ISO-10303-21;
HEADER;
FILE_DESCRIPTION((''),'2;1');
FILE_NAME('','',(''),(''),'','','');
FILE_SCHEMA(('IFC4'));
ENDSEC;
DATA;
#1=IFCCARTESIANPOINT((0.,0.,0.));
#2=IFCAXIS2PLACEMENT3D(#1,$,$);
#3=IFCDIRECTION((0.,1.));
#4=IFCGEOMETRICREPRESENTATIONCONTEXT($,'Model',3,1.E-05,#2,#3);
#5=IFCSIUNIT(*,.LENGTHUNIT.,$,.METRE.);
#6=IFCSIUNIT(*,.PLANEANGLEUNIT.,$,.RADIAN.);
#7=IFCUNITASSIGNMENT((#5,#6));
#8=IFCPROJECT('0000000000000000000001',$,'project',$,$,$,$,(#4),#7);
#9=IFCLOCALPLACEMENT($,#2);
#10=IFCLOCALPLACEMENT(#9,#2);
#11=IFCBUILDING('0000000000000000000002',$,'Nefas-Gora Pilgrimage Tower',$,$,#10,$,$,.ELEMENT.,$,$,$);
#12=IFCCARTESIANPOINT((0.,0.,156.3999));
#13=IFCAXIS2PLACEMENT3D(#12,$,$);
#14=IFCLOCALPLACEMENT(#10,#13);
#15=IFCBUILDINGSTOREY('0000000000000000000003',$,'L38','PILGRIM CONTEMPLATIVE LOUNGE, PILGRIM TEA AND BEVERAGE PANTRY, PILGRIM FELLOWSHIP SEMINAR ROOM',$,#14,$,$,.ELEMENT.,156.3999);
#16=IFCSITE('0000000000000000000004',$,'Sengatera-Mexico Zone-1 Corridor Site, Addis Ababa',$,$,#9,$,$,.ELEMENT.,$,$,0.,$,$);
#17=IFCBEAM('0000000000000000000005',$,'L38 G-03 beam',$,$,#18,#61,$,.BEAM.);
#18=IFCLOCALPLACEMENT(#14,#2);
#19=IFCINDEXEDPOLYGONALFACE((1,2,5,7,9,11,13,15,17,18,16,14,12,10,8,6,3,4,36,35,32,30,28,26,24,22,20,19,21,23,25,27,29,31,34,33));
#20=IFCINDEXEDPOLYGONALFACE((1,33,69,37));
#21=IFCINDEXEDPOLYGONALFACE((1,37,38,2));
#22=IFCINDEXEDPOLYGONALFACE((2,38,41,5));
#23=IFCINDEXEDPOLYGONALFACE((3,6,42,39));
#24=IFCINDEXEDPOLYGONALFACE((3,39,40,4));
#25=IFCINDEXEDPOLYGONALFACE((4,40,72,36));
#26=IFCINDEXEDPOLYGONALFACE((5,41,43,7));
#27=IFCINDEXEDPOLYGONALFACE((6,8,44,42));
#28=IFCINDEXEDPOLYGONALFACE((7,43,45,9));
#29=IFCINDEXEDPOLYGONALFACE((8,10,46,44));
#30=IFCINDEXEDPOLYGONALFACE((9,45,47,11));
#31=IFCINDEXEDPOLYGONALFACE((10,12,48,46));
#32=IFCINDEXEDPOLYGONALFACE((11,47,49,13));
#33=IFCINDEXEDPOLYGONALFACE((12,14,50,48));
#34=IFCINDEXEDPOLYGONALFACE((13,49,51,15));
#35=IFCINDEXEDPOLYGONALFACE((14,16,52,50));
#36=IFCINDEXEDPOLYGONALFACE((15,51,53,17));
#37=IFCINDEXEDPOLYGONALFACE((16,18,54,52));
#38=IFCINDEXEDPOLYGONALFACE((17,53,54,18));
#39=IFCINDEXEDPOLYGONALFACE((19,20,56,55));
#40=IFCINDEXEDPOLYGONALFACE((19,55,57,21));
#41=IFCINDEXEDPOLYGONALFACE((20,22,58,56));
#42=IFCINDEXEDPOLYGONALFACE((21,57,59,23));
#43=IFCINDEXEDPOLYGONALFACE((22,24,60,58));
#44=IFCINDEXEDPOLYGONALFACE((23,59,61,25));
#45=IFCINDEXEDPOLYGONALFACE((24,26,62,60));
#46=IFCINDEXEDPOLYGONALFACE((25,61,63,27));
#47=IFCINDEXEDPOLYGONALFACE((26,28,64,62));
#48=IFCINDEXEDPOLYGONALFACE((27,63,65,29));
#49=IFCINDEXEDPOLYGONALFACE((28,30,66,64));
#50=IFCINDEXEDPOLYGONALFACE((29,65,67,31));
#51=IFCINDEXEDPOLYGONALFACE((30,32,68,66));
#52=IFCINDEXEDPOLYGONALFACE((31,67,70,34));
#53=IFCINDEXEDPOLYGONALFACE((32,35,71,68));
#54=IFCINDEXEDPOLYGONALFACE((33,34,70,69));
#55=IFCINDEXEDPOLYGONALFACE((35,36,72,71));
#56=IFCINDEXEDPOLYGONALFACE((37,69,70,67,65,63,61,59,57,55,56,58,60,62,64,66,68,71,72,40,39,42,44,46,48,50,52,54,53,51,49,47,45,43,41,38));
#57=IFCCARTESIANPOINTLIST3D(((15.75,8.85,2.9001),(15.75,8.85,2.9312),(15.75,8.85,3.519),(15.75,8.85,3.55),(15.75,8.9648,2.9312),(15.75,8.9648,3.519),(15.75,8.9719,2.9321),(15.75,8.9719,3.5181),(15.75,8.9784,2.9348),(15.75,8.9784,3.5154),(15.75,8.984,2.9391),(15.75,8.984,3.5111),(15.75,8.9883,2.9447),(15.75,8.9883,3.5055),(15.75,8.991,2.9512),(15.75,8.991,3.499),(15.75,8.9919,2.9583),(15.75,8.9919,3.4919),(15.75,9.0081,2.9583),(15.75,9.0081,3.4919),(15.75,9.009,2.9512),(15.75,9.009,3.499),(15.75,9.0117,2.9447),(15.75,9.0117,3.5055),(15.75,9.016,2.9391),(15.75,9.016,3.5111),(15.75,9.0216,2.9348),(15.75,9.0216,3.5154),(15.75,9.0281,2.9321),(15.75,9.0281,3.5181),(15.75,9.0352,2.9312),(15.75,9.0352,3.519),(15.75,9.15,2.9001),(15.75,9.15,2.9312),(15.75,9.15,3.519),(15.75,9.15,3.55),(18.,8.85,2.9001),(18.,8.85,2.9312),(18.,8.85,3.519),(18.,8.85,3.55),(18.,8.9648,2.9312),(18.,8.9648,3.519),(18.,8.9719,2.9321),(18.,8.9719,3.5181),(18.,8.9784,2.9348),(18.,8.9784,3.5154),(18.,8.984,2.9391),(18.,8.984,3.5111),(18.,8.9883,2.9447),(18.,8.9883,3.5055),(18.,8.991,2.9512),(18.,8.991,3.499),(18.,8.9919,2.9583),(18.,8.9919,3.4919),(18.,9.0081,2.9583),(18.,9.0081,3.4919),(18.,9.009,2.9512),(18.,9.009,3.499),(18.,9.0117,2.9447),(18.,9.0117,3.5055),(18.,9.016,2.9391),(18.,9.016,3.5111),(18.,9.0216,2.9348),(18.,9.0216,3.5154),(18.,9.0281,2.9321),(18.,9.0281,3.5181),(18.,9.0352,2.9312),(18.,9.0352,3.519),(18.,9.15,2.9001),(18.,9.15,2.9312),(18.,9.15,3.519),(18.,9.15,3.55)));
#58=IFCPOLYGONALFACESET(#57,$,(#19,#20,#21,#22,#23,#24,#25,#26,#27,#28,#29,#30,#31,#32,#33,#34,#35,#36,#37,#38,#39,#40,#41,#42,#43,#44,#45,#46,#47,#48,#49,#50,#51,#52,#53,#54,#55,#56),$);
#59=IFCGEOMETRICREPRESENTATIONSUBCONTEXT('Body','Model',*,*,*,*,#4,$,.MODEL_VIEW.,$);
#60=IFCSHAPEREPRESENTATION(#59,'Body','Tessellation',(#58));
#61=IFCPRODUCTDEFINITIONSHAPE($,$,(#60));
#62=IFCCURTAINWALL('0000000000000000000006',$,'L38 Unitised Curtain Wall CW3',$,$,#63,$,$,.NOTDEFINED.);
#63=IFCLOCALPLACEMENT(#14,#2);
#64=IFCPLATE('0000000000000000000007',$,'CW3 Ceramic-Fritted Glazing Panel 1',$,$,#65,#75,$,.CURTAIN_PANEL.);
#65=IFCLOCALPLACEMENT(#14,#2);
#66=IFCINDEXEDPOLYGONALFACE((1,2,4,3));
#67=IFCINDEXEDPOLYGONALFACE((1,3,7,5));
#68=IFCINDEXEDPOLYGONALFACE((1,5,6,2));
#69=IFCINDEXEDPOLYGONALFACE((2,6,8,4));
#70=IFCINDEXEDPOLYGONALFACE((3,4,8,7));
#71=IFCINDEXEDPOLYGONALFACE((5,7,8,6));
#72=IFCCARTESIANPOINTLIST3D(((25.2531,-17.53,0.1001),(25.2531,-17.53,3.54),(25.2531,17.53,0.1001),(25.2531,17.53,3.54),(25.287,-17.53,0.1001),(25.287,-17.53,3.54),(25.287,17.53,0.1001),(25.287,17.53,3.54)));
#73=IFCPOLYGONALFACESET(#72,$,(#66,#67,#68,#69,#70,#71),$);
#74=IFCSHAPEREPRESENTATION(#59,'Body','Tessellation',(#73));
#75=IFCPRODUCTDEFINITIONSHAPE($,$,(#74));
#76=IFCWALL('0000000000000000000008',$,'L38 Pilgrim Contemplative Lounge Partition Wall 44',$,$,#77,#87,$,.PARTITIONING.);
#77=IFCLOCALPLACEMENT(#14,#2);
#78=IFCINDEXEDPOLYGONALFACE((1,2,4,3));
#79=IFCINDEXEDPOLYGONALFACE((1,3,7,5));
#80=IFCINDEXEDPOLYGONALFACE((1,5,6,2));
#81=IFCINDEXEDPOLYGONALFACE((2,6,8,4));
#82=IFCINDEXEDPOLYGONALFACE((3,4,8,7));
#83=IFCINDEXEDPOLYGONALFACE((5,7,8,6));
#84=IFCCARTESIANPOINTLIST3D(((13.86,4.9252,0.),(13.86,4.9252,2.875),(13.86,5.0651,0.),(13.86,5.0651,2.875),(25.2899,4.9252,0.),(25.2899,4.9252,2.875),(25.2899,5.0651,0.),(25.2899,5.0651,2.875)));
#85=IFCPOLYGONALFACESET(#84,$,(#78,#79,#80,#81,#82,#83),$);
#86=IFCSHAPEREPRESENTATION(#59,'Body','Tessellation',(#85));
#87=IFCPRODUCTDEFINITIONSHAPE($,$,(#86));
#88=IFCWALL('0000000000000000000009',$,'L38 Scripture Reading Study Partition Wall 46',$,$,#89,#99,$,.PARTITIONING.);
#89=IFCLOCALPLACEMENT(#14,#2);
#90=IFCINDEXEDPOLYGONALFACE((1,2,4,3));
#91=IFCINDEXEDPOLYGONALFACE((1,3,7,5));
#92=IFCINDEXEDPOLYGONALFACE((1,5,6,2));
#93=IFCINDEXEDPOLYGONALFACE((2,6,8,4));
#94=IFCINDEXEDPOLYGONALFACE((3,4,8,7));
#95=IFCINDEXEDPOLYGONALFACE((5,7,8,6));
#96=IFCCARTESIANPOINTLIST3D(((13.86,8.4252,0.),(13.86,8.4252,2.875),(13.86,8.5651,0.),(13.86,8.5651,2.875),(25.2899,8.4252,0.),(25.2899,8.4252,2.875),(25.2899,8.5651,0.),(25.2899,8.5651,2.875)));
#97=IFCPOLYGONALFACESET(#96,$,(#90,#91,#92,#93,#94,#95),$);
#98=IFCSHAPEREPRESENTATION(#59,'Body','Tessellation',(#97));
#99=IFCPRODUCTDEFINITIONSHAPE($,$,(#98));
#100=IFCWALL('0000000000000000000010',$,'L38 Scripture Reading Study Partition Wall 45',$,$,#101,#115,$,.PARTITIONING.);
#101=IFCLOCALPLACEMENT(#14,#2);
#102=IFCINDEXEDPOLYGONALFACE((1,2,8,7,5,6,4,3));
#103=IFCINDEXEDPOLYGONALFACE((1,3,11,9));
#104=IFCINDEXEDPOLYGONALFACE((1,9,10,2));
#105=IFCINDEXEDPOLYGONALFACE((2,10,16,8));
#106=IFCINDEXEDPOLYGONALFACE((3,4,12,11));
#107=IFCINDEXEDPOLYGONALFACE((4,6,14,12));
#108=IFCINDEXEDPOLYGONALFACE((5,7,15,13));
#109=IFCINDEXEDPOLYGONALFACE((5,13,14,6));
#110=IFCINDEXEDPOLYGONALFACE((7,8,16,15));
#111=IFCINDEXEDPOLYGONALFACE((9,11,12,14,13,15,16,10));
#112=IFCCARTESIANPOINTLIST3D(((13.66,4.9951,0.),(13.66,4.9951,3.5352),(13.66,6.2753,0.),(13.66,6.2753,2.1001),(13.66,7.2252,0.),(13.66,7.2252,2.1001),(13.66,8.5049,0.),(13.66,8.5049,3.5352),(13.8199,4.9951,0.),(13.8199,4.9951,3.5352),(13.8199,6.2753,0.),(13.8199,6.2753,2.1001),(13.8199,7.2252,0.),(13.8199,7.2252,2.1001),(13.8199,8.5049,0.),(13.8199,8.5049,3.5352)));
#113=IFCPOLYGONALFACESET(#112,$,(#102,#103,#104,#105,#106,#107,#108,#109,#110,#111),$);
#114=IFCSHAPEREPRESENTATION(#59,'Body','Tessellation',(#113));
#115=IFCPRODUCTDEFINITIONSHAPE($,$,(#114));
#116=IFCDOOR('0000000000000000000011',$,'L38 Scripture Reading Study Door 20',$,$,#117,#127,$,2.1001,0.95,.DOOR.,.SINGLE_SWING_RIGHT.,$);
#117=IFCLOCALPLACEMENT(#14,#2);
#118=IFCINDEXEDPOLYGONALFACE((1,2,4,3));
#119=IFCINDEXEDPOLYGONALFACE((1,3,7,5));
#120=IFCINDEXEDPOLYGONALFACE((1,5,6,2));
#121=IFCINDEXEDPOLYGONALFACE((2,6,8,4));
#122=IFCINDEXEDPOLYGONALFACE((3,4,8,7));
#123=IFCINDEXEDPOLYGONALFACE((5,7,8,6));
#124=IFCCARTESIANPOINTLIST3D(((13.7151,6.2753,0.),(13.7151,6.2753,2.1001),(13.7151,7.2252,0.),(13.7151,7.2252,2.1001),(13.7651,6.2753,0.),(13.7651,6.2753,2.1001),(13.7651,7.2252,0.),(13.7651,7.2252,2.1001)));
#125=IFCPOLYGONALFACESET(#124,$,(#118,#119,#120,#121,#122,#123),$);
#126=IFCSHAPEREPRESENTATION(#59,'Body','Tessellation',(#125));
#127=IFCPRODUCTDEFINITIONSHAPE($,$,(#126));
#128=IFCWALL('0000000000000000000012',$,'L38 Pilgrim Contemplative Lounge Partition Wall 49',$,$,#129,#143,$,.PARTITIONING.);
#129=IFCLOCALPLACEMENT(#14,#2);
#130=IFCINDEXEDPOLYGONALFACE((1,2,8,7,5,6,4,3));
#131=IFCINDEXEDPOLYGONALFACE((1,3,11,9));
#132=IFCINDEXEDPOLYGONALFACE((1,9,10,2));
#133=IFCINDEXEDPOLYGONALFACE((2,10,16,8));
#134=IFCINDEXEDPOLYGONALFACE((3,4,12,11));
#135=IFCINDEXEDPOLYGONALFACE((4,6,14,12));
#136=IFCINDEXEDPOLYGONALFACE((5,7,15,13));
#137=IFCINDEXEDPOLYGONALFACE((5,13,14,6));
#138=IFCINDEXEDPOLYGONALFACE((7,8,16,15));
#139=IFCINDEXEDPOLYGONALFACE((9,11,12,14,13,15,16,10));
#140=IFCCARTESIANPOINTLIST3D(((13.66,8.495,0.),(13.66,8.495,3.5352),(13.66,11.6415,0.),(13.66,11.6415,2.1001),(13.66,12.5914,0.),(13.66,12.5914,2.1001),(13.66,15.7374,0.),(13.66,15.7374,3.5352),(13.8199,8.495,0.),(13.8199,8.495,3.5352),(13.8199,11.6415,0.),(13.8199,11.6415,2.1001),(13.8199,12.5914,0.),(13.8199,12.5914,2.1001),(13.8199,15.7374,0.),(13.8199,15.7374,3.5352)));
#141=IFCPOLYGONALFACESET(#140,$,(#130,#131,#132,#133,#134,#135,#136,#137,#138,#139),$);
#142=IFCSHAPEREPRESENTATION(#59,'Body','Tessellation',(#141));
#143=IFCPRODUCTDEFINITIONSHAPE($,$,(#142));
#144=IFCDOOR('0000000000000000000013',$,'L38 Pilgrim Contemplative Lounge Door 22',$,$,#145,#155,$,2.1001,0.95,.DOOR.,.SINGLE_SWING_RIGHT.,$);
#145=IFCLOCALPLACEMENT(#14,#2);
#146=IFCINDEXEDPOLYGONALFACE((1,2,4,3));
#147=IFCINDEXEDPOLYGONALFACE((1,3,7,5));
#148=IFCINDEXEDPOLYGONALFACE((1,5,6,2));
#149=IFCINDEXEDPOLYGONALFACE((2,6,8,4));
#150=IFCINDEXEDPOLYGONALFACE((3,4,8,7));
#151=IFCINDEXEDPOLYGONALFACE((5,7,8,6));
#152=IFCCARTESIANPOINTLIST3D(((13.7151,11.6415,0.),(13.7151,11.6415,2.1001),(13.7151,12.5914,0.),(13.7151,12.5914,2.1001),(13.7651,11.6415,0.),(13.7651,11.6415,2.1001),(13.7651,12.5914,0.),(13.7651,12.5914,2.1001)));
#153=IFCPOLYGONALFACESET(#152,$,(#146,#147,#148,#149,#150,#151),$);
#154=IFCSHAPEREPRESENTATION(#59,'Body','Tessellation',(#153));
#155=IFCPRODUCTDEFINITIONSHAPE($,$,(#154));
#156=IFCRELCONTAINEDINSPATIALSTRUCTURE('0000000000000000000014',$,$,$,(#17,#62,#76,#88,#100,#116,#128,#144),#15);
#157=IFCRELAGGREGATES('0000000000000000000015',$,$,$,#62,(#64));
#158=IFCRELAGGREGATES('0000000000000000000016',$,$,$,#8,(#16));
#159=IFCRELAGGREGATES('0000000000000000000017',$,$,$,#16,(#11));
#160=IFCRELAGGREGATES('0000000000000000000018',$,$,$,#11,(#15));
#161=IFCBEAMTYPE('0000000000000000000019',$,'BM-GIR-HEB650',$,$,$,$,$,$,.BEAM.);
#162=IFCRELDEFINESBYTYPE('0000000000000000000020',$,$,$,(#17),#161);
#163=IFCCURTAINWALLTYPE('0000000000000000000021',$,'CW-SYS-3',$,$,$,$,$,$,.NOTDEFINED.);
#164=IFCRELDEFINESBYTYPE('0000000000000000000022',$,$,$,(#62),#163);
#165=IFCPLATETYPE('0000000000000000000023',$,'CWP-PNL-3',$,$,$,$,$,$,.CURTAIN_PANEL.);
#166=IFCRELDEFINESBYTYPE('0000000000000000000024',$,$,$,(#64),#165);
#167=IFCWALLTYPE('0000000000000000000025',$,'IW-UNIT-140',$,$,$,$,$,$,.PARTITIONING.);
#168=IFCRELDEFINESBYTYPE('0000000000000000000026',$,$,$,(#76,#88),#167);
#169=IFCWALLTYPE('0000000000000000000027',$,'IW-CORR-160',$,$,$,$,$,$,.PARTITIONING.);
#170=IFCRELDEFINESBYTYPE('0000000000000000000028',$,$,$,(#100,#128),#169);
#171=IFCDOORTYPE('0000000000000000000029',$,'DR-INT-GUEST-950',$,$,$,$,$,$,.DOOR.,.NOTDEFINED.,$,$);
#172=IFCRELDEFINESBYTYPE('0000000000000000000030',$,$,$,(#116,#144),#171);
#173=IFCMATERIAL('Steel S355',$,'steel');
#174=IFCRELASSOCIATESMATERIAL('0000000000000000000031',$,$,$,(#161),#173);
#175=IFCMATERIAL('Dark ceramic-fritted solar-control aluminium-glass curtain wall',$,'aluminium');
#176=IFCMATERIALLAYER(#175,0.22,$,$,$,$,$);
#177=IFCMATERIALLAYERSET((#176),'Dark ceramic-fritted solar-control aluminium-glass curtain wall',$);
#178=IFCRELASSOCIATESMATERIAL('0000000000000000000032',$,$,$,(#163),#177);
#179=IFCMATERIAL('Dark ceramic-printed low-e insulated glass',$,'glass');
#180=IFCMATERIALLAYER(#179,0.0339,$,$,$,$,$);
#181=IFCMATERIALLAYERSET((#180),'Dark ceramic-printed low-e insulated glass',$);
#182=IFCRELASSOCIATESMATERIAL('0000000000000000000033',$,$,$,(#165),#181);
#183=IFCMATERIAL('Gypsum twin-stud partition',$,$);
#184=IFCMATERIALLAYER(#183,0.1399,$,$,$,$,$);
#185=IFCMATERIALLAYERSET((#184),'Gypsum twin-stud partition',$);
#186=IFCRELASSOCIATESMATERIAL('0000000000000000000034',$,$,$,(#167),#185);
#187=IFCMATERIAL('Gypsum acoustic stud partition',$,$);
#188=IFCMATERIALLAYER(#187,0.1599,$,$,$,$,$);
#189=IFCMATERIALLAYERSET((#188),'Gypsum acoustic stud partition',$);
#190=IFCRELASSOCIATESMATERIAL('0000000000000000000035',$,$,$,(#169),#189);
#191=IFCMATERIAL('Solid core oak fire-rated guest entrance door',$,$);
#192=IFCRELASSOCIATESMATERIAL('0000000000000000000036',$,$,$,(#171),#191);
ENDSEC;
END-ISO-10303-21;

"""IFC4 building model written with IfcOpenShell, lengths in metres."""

from ifc_helpers import new_model, si_unit, direction, frame, frame_2d, origin, origin_2d, place, context, subcontext, project, spatial, rectangle, i_section, extrude, source, transform, mapped, material, layer, layer_set, material_profile, profile_set, type_object, element, fill, aggregate, save


model = new_model("IFC4")

# Units and contexts
model_context = context("Model", 3, precision=1e-05, world=origin(), true_north=direction((0.0, 1.0)))
body_context = subcontext(model_context, "Body", "Model", "MODEL_VIEW")
ifc_project = project(units=[si_unit("LENGTHUNIT", "METRE"), si_unit("PLANEANGLEUNIT", "RADIAN")], contexts=[model_context])

# Site, building, storey
site_placement = place(None, origin())
site = spatial("IfcSite", under=ifc_project, at=site_placement, Name="Sengatera-Mexico Zone-1 Corridor Site, Addis Ababa", CompositionType="ELEMENT", RefElevation=0.0)
building_placement = place(site_placement, origin())
building = spatial("IfcBuilding", under=site, at=building_placement, Name="Nefas-Gora Pilgrimage Tower", CompositionType="ELEMENT")
storey_placement = place(building_placement, frame((0.0, 0.0, 156.3999)))
storey = spatial("IfcBuildingStorey", under=building, at=storey_placement, Name="L38", Description="PILGRIM CONTEMPLATIVE LOUNGE, PILGRIM TEA AND BEVERAGE PANTRY, PILGRIM FELLOWSHIP SEMINAR ROOM", CompositionType="ELEMENT", Elevation=156.3999)

# Beam
ifc_material_1 = material(Name="Steel S355", Category="steel")
ifc_material_profile_1 = material_profile(ifc_material_1, i_section(OverallWidth=0.3, OverallDepth=0.6499, WebThickness=0.0161, FlangeThickness=0.031, FilletRadius=0.0271, at=origin_2d()), Name="HEB 650")
ifc_profile_set_1 = profile_set([ifc_material_profile_1], Name="Steel S355")
beam_type_1 = type_object("IfcBeamType", Name="BM-GIR-HEB650", PredefinedType="BEAM", material=ifc_profile_set_1)
shared_shape_1 = source(origin(), body_context, "Body", "SweptSolid", [
    extrude(i_section(OverallWidth=0.3, OverallDepth=0.6499, WebThickness=0.0161, FlangeThickness=0.031, FilletRadius=0.0271, at=origin_2d()), origin(), (0.0, 0.0, 1.0), 2.25),
])
for number, where, z_axis, x_axis, name in (
    (1, (15.75, 9.0, 3.2251), (1.0, 0.0, 0.0), (0.0, 1.0, 0.0), "L38 G-03 beam"),
):
    element("IfcBeam", number, at=place(storey_placement, frame(where, z_axis=z_axis, x_axis=x_axis)), inside=storey, type_object=beam_type_1, Name=name, PredefinedType="BEAM", context=body_context, shape_type="MappedRepresentation", body=[
        mapped(shared_shape_1, transform((0.0, 0.0, 0.0), x_axis=(1.0, 0.0, 0.0), y_axis=(0.0, 1.0, 0.0), z_axis=(0.0, 0.0, 1.0), scale=1.0)),
    ])

# Curtain wall, plate
ifc_material_2 = material(Name="Dark ceramic-fritted solar-control aluminium-glass curtain wall", Category="aluminium")
ifc_layer_1 = layer(ifc_material_2, 0.22)
ifc_layer_set_1 = layer_set([ifc_layer_1], Name="Dark ceramic-fritted solar-control aluminium-glass curtain wall")
curtain_wall_type = type_object("IfcCurtainWallType", Name="CW-SYS-3", PredefinedType="NOTDEFINED", material=ifc_layer_set_1)
curtain_wall_placement = place(storey_placement, origin())
curtain_wall = element("IfcCurtainWall", 2, at=curtain_wall_placement, inside=storey, type_object=curtain_wall_type, Name="L38 Unitised Curtain Wall CW3", PredefinedType="NOTDEFINED")
ifc_material_3 = material(Name="Dark ceramic-printed low-e insulated glass", Category="glass")
ifc_layer_2 = layer(ifc_material_3, 0.0339)
ifc_layer_set_2 = layer_set([ifc_layer_2], Name="Dark ceramic-printed low-e insulated glass")
plate_type = type_object("IfcPlateType", Name="CWP-PNL-3", PredefinedType="CURTAIN_PANEL", material=ifc_layer_set_2)
shared_shape_2 = source(origin(), body_context, "Body", "SweptSolid", [
    extrude(rectangle(XDim=35.0601, YDim=0.0339, at=origin_2d()), origin(), (0.0, 0.0, 1.0), 3.4399),
])
plate_placement = place(storey_placement, frame((25.27, 0.0, 0.1001), z_axis=(0.0, 0.0, 1.0), x_axis=(0.0, 1.0, 0.0)))
plate = element("IfcPlate", 3, at=plate_placement, type_object=plate_type, Name="CW3 Ceramic-Fritted Glazing Panel 1", PredefinedType="CURTAIN_PANEL", context=body_context, shape_type="MappedRepresentation", body=[
    mapped(shared_shape_2, transform((0.0, 0.0, 0.0), x_axis=(1.0, 0.0, 0.0), y_axis=(0.0, 1.0, 0.0), z_axis=(0.0, 0.0, 1.0), scale=1.0)),
])
aggregate(curtain_wall, [plate])

# Walls
ifc_material_4 = material(Name="Gypsum twin-stud partition")
ifc_layer_3 = layer(ifc_material_4, 0.1399)
ifc_layer_set_3 = layer_set([ifc_layer_3], Name="Gypsum twin-stud partition")
wall_type_1 = type_object("IfcWallType", Name="IW-UNIT-140", PredefinedType="PARTITIONING", material=ifc_layer_set_3)
shared_shape_3 = source(origin(), body_context, "Body", "SweptSolid", [
    extrude(rectangle(XDim=11.4299, YDim=0.1399, at=frame_2d((5.7148, 0.0))), origin(), (0.0, 0.0, 1.0), 2.875),
])
for number, where, z_axis, x_axis, name in (
    (4, (13.8601, 4.9951, 0.0), (0.0, 0.0, 1.0), (1.0, 0.0, 0.0), "L38 Pilgrim Contemplative Lounge Partition Wall 44"),
    (5, (13.8601, 8.4951, 0.0), (0.0, 0.0, 1.0), (1.0, 0.0, 0.0), "L38 Scripture Reading Study Partition Wall 46"),
):
    element("IfcWall", number, at=place(storey_placement, frame(where, z_axis=z_axis, x_axis=x_axis)), inside=storey, type_object=wall_type_1, Name=name, PredefinedType="PARTITIONING", context=body_context, shape_type="MappedRepresentation", body=[
        mapped(shared_shape_3, transform((0.0, 0.0, 0.0), x_axis=(1.0, 0.0, 0.0), y_axis=(0.0, 1.0, 0.0), z_axis=(0.0, 0.0, 1.0), scale=1.0)),
    ])

# Walls, openings, doors
ifc_material_5 = material(Name="Gypsum acoustic stud partition")
ifc_layer_4 = layer(ifc_material_5, 0.1599)
ifc_layer_set_4 = layer_set([ifc_layer_4], Name="Gypsum acoustic stud partition")
wall_type_2 = type_object("IfcWallType", Name="IW-CORR-160", PredefinedType="PARTITIONING", material=ifc_layer_set_4)
shared_shape_4 = source(origin(), body_context, "Body", "SweptSolid", [
    extrude(rectangle(XDim=3.5098, YDim=0.1599, at=frame_2d((1.7549, 0.0))), origin(), (0.0, 0.0, 1.0), 3.5352),
])
wall_1_placement = place(storey_placement, frame((13.74, 4.9951, 0.0), z_axis=(0.0, 0.0, 1.0), x_axis=(0.0, 1.0, 0.0)))
wall_1 = element("IfcWall", 6, at=wall_1_placement, inside=storey, type_object=wall_type_2, Name="L38 Scripture Reading Study Partition Wall 45", PredefinedType="PARTITIONING", context=body_context, shape_type="MappedRepresentation", body=[
    mapped(shared_shape_4, transform((0.0, 0.0, 0.0), x_axis=(1.0, 0.0, 0.0), y_axis=(0.0, 1.0, 0.0), z_axis=(0.0, 0.0, 1.0), scale=1.0)),
])
opening_1_placement = place(wall_1_placement, frame((1.28, 0.0, 0.0)))
opening_1 = element("IfcOpeningElement", 7, at=opening_1_placement, cuts=wall_1, PredefinedType="OPENING", context=body_context, shape_type="SweptSolid", body=[
    extrude(rectangle(XDim=0.95, YDim=2.1001, at=frame_2d((0.4751, 1.05))), frame((0.0, 0.0898, 0.0), z_axis=(0.0, -1.0, 0.0), x_axis=(1.0, 0.0, 0.0)), (0.0, 0.0, 1.0), 0.1799),
])
ifc_material_6 = material(Name="Solid core oak fire-rated guest entrance door")
door_type = type_object("IfcDoorType", Name="DR-INT-GUEST-950", OperationType="NOTDEFINED", PredefinedType="DOOR", material=ifc_material_6)
shared_shape_5 = source(origin(), body_context, "Body", "SweptSolid", [
    extrude(rectangle(XDim=0.95, YDim=2.1001, at=frame_2d((0.4751, 1.05))), frame((0.0, 0.0249, 0.0), z_axis=(0.0, -1.0, 0.0), x_axis=(1.0, 0.0, 0.0)), (0.0, 0.0, 1.0), 0.05),
])
door_1_placement = place(opening_1_placement, origin())
door_1 = element("IfcDoor", 8, at=door_1_placement, inside=storey, type_object=door_type, Name="L38 Scripture Reading Study Door 20", OperationType="SINGLE_SWING_RIGHT", OverallHeight=2.1001, OverallWidth=0.95, PredefinedType="DOOR", context=body_context, shape_type="MappedRepresentation", body=[
    mapped(shared_shape_5, transform((0.0, 0.0, 0.0), x_axis=(1.0, 0.0, 0.0), y_axis=(0.0, 1.0, 0.0), z_axis=(0.0, 0.0, 1.0), scale=1.0)),
])
fill(opening_1, door_1)
shared_shape_6 = source(origin(), body_context, "Body", "SweptSolid", [
    extrude(rectangle(XDim=7.2424, YDim=0.1599, at=frame_2d((3.6211, 0.0))), origin(), (0.0, 0.0, 1.0), 3.5352),
])
wall_2_placement = place(storey_placement, frame((13.74, 8.4951, 0.0), z_axis=(0.0, 0.0, 1.0), x_axis=(0.0, 1.0, 0.0)))
wall_2 = element("IfcWall", 9, at=wall_2_placement, inside=storey, type_object=wall_type_2, Name="L38 Pilgrim Contemplative Lounge Partition Wall 49", PredefinedType="PARTITIONING", context=body_context, shape_type="MappedRepresentation", body=[
    mapped(shared_shape_6, transform((0.0, 0.0, 0.0), x_axis=(1.0, 0.0, 0.0), y_axis=(0.0, 1.0, 0.0), z_axis=(0.0, 0.0, 1.0), scale=1.0)),
])
opening_2_placement = place(wall_2_placement, frame((3.1462, 0.0, 0.0)))
opening_2 = element("IfcOpeningElement", 10, at=opening_2_placement, cuts=wall_2, PredefinedType="OPENING", context=body_context, shape_type="SweptSolid", body=[
    extrude(rectangle(XDim=0.95, YDim=2.1001, at=frame_2d((0.4751, 1.05))), frame((0.0, 0.0898, 0.0), z_axis=(0.0, -1.0, 0.0), x_axis=(1.0, 0.0, 0.0)), (0.0, 0.0, 1.0), 0.1799),
])
door_2_placement = place(opening_2_placement, origin())
door_2 = element("IfcDoor", 11, at=door_2_placement, inside=storey, type_object=door_type, Name="L38 Pilgrim Contemplative Lounge Door 22", OperationType="SINGLE_SWING_RIGHT", OverallHeight=2.1001, OverallWidth=0.95, PredefinedType="DOOR", context=body_context, shape_type="MappedRepresentation", body=[
    mapped(shared_shape_5, transform((0.0, 0.0, 0.0), x_axis=(1.0, 0.0, 0.0), y_axis=(0.0, 1.0, 0.0), z_axis=(0.0, 0.0, 1.0), scale=1.0)),
])
fill(opening_2, door_2)

save(model, "model.ifc")
